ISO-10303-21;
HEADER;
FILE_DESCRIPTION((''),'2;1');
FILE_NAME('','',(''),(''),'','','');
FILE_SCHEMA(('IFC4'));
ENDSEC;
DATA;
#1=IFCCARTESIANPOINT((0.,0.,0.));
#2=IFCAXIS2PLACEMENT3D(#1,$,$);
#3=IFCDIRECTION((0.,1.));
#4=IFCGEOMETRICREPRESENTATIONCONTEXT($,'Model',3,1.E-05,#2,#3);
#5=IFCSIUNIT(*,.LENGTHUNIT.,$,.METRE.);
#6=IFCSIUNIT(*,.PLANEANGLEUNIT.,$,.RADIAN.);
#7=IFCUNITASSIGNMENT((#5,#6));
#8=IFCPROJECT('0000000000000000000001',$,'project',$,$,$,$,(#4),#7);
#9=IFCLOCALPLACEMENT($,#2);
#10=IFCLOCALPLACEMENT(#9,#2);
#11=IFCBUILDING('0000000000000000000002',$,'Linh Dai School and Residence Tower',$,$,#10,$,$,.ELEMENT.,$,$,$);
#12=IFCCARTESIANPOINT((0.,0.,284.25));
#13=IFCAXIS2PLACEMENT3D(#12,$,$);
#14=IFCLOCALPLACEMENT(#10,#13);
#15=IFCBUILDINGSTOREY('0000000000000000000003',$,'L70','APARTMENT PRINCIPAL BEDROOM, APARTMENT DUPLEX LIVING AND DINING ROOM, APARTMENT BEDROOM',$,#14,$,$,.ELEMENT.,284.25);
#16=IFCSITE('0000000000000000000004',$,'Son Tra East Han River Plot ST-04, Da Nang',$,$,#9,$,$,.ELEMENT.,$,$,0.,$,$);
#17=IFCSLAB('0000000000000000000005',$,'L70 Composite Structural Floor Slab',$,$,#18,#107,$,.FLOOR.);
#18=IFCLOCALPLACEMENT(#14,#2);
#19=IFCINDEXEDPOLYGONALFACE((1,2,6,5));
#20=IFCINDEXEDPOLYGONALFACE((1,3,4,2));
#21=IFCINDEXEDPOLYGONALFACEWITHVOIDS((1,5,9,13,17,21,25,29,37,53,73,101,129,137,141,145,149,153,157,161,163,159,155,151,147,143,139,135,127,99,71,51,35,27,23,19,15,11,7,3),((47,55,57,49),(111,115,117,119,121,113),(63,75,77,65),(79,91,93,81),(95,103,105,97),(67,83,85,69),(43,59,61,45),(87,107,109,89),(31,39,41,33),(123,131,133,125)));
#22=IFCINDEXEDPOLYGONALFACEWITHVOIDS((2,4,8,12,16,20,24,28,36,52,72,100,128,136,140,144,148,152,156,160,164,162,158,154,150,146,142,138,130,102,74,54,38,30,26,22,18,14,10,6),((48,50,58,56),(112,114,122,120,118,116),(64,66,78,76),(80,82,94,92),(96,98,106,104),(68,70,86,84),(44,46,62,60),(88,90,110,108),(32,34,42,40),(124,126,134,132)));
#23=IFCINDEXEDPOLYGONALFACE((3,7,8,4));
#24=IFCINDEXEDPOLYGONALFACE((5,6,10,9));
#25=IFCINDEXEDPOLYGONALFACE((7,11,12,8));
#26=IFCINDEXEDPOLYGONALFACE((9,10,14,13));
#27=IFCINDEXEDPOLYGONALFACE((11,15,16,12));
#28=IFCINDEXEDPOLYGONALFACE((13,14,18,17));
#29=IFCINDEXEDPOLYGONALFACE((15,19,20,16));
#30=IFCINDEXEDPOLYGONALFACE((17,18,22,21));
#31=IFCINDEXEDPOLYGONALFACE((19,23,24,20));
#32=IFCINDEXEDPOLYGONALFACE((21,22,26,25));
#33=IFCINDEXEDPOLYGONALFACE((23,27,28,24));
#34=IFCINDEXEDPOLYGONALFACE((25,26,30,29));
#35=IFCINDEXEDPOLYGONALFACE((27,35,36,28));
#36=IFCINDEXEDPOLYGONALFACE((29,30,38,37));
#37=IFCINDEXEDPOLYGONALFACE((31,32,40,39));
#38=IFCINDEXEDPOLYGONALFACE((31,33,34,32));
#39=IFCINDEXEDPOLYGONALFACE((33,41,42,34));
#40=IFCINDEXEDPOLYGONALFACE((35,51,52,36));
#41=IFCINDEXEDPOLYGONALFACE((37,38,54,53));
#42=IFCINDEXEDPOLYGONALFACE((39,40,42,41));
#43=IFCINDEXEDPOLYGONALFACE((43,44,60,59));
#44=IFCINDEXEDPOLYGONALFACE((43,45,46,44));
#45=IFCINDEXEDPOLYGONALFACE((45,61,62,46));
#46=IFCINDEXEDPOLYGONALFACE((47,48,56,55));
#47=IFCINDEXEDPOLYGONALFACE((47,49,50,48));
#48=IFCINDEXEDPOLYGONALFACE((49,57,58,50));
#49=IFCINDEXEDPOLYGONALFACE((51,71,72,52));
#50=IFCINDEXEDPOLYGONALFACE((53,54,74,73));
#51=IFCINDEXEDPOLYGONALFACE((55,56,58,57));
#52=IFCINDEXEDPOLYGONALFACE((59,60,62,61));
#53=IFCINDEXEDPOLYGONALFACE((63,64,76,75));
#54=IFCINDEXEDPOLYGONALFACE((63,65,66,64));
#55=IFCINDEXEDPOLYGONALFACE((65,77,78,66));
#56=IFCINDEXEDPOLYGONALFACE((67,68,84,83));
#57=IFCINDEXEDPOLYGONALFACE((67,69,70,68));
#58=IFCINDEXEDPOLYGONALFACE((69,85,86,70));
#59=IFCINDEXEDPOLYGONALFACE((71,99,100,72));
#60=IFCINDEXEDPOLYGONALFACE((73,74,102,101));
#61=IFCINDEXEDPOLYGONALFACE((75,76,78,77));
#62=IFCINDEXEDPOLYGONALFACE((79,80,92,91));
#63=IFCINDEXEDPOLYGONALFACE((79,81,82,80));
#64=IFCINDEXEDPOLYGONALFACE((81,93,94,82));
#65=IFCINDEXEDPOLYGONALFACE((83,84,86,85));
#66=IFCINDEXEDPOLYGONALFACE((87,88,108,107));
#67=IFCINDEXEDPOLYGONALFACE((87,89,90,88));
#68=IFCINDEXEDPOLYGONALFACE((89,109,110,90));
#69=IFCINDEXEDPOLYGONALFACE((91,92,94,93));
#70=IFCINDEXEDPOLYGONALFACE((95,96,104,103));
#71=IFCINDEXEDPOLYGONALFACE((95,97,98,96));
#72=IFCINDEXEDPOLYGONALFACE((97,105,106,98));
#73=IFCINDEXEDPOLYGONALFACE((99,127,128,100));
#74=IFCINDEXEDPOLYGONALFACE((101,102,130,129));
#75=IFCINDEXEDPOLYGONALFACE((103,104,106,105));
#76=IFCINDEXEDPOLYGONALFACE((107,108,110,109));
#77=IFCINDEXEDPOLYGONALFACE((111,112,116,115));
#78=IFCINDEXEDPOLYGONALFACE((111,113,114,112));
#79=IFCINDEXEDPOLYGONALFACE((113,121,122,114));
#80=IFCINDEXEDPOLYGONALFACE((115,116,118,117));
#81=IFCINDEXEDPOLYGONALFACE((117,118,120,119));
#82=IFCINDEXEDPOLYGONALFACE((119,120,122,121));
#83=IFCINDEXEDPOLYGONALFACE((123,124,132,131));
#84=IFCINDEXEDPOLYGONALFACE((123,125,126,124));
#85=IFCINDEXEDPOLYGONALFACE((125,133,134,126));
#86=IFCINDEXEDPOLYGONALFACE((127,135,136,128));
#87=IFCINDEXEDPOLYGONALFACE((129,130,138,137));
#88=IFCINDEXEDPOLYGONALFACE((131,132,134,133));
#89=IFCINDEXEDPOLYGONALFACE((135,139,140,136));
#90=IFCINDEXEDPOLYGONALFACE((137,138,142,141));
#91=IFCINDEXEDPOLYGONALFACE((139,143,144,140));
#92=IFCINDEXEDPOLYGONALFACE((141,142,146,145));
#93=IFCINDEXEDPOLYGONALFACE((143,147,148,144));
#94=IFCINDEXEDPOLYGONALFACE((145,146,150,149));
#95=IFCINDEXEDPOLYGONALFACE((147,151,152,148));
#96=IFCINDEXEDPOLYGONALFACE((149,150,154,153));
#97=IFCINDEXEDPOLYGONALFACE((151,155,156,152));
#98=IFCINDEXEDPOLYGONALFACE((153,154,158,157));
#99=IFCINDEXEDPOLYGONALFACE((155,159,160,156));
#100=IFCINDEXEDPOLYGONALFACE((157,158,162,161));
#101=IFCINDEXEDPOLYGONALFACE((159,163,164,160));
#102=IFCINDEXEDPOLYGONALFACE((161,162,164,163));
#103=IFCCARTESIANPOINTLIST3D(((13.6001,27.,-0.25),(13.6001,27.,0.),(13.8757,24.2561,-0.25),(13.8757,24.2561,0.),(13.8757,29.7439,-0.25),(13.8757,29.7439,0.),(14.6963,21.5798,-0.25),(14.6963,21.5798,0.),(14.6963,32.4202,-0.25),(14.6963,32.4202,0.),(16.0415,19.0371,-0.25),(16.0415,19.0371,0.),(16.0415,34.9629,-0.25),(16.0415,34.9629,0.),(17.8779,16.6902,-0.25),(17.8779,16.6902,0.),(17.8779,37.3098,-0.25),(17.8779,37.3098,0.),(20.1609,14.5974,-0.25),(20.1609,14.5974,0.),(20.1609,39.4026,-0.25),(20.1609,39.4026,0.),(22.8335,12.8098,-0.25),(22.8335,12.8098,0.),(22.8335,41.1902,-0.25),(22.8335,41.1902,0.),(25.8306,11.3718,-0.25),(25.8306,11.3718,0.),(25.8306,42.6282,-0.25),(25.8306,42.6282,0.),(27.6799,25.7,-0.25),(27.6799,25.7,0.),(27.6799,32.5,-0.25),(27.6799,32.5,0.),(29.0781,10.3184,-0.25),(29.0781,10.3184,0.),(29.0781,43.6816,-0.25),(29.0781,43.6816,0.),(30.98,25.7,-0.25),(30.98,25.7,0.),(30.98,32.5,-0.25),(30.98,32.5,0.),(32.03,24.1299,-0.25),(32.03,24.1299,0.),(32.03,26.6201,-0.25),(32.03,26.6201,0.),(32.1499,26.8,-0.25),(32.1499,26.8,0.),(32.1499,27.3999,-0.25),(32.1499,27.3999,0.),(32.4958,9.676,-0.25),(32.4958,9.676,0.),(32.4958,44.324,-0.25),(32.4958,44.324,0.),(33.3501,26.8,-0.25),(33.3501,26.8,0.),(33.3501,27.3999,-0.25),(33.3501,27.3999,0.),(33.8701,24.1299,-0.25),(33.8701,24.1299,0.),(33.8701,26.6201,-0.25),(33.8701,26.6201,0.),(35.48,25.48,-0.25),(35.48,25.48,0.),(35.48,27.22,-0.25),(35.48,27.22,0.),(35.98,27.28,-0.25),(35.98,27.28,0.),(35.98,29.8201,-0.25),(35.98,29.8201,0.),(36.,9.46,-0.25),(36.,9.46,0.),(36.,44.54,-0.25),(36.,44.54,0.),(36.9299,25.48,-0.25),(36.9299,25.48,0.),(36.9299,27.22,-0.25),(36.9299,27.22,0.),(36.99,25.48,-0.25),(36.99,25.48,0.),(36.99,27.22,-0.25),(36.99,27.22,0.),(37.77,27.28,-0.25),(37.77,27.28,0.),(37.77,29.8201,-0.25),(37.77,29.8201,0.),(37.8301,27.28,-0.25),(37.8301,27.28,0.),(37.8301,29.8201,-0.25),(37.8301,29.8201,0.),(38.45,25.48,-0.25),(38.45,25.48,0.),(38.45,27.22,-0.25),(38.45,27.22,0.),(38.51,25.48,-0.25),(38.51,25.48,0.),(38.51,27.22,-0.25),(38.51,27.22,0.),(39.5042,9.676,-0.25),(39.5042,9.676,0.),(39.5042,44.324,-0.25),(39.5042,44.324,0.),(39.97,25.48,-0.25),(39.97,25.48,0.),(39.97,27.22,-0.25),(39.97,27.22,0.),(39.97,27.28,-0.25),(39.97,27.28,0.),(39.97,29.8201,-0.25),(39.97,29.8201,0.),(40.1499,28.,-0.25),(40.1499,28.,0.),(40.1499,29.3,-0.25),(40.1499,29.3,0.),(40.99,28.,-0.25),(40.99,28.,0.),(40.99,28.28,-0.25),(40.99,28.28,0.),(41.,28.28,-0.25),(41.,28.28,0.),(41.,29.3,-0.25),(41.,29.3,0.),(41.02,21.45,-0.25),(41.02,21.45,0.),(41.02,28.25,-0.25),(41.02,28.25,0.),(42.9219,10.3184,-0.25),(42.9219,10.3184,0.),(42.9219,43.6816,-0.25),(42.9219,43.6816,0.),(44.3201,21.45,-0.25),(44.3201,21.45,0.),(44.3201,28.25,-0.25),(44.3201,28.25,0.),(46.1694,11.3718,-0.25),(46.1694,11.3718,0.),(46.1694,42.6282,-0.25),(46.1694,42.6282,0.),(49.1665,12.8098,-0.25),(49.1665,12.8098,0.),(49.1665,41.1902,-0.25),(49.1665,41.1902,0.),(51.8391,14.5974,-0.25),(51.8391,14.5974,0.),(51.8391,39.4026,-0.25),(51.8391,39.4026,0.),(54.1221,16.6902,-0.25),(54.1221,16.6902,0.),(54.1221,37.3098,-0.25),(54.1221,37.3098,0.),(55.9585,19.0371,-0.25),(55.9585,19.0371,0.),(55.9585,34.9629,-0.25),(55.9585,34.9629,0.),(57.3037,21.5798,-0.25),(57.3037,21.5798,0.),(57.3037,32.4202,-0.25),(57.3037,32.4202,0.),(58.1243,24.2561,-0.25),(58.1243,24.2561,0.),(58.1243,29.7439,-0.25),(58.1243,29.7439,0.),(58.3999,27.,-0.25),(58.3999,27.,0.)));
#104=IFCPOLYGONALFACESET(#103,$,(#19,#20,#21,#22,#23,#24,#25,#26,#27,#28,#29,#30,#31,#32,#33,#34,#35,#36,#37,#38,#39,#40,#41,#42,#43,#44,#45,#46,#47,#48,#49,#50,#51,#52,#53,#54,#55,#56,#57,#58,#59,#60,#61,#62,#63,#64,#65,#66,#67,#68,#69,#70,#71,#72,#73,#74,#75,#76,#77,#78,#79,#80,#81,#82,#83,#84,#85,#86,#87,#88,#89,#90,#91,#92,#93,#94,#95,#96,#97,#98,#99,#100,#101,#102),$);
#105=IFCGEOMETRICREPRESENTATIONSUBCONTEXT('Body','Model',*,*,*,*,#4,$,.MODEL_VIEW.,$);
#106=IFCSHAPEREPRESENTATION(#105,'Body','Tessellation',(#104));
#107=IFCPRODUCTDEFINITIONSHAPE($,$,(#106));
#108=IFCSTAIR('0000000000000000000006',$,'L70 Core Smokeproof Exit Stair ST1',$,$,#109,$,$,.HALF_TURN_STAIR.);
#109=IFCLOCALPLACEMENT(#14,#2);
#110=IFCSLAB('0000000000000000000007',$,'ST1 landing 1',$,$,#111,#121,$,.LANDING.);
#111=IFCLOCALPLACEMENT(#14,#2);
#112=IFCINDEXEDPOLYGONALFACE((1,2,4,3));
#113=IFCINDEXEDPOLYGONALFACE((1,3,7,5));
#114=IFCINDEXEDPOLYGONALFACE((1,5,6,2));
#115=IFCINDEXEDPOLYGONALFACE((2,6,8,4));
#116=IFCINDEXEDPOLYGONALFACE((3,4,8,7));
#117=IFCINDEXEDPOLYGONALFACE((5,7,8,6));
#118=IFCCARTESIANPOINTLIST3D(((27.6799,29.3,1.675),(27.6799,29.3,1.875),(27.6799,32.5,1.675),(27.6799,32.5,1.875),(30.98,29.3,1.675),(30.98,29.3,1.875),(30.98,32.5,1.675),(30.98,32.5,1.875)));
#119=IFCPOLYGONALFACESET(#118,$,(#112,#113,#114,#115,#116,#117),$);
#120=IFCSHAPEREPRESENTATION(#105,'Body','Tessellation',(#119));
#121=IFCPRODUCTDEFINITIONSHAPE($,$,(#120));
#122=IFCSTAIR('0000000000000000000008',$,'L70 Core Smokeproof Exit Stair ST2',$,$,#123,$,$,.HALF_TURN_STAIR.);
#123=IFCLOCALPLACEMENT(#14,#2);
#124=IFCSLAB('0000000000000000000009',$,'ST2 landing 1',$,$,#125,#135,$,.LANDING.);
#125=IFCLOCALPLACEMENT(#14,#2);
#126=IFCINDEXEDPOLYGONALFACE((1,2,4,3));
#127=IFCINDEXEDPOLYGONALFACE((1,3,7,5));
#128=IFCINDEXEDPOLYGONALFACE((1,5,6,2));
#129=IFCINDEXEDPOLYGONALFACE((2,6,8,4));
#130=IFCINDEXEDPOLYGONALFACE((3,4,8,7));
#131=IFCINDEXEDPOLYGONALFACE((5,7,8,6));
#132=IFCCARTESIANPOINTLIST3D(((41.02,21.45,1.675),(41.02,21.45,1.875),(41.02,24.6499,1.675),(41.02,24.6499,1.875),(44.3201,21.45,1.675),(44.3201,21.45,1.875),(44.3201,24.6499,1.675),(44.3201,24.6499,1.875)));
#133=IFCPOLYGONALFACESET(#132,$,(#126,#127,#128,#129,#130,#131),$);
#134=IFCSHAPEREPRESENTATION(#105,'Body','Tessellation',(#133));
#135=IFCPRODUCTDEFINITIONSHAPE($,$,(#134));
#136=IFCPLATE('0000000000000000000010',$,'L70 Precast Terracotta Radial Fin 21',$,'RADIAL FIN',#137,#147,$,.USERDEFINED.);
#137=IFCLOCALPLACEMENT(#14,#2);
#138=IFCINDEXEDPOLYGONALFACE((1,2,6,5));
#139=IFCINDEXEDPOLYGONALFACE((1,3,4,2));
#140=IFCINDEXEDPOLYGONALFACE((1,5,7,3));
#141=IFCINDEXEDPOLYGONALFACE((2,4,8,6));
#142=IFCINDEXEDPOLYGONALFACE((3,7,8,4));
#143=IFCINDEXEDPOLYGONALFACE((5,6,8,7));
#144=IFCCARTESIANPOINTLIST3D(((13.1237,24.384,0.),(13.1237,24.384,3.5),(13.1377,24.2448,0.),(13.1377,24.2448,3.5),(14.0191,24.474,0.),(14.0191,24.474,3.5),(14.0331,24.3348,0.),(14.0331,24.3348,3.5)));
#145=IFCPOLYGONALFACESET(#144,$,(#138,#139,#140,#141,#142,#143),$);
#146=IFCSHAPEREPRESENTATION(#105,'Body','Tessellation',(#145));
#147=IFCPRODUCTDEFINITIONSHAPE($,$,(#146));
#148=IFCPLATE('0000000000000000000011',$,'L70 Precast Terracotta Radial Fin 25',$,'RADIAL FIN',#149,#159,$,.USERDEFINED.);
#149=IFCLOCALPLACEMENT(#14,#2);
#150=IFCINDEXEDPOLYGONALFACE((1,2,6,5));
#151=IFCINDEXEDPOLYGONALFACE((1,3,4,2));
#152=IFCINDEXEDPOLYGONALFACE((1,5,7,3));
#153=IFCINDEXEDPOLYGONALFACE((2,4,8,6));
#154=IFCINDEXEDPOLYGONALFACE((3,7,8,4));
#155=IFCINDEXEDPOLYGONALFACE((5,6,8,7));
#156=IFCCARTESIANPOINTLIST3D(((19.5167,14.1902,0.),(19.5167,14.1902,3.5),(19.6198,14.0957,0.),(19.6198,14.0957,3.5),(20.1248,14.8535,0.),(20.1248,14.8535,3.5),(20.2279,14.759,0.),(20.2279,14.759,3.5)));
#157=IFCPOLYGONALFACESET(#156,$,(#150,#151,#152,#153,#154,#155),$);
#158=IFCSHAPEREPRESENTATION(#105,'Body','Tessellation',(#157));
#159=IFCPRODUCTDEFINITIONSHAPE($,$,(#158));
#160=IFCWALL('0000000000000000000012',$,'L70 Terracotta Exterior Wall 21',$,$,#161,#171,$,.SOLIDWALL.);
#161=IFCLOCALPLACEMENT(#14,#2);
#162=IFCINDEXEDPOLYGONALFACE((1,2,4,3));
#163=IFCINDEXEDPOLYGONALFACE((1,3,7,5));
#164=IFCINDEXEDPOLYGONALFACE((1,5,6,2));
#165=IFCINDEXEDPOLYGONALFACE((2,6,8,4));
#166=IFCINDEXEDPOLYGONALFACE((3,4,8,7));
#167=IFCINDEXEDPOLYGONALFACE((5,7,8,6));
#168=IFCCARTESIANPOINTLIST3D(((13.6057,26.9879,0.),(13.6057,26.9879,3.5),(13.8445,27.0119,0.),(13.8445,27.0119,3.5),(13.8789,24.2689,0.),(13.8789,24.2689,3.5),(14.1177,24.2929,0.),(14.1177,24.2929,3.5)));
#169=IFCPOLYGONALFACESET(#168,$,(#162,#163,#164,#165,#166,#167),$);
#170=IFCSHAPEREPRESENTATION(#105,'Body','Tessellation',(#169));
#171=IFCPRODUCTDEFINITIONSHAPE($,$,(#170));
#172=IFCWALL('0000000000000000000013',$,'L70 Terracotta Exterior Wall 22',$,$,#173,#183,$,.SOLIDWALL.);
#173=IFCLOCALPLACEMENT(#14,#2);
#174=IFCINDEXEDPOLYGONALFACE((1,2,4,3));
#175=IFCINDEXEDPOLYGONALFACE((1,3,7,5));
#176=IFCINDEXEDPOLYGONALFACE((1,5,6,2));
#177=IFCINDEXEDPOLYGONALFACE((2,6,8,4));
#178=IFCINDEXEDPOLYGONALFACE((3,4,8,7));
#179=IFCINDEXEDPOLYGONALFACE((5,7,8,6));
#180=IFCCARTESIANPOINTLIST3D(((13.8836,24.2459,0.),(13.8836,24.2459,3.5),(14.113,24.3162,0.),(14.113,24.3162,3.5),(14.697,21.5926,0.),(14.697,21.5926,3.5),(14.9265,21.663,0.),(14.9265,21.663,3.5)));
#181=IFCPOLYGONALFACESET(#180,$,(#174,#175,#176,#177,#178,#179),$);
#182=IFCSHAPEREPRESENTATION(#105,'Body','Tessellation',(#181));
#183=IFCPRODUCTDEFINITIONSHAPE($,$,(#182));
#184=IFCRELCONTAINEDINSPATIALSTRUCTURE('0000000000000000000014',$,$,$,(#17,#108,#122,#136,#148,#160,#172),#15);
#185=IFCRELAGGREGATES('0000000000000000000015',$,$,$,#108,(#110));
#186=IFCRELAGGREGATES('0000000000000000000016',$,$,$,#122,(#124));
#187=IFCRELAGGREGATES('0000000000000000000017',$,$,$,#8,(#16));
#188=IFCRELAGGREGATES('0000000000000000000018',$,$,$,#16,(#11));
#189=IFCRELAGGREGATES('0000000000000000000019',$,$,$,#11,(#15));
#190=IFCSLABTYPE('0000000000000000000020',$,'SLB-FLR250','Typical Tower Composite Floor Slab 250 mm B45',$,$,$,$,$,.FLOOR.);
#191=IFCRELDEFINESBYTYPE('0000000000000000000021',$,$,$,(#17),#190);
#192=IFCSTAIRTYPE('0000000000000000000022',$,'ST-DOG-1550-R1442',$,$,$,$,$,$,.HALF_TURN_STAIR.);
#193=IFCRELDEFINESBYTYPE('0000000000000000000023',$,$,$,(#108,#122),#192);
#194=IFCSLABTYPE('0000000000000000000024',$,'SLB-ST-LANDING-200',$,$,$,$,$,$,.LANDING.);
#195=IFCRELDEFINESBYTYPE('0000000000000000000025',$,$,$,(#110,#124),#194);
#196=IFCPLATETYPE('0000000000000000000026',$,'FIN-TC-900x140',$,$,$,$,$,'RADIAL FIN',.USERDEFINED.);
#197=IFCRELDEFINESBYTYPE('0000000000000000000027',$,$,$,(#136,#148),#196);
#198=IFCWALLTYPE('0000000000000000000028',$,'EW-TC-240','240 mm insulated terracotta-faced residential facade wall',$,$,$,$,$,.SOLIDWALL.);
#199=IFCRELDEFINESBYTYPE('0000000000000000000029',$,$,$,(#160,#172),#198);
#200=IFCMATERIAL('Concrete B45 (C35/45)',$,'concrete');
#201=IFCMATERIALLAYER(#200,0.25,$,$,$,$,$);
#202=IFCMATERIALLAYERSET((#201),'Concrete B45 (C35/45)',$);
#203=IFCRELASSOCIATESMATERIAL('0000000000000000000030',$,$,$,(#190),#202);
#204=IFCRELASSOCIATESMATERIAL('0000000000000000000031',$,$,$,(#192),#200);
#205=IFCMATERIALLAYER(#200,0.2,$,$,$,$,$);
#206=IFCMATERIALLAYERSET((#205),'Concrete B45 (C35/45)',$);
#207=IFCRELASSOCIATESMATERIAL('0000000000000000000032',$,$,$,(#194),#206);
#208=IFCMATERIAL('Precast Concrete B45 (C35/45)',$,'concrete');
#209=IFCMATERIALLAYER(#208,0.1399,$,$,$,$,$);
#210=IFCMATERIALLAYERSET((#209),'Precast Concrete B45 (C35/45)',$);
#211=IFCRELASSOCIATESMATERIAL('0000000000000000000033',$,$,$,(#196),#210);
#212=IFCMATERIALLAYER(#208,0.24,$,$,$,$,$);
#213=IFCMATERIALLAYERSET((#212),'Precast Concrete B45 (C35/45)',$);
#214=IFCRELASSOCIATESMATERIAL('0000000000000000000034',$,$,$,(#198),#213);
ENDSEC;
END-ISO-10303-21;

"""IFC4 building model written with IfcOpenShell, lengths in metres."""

from ifc_helpers import new_model, si_unit, direction, frame, frame_2d, origin, origin_2d, place, context, subcontext, project, spatial, polyline, rectangle, outline, extrude, source, transform, mapped, material, layer, layer_set, type_object, element, aggregate, save


model = new_model("IFC4")

# Units and contexts
model_context = context("Model", 3, precision=1e-05, world=origin(), true_north=direction((0.0, 1.0)))
body_context = subcontext(model_context, "Body", "Model", "MODEL_VIEW")
ifc_project = project(units=[si_unit("LENGTHUNIT", "METRE"), si_unit("PLANEANGLEUNIT", "RADIAN")], contexts=[model_context])

# Site, building, storey
site_placement = place(None, origin())
site = spatial("IfcSite", under=ifc_project, at=site_placement, Name="Son Tra East Han River Plot ST-04, Da Nang", CompositionType="ELEMENT", RefElevation=0.0)
building_placement = place(site_placement, origin())
building = spatial("IfcBuilding", under=site, at=building_placement, Name="Linh Dai School and Residence Tower", CompositionType="ELEMENT")
storey_placement = place(building_placement, frame((0.0, 0.0, 284.25)))
storey = spatial("IfcBuildingStorey", under=building, at=storey_placement, Name="L70", Description="APARTMENT PRINCIPAL BEDROOM, APARTMENT DUPLEX LIVING AND DINING ROOM, APARTMENT BEDROOM", CompositionType="ELEMENT", Elevation=284.25)

# Slab
ifc_material_1 = material(Name="Concrete B45 (C35/45)", Category="concrete")
ifc_layer_1 = layer(ifc_material_1, 0.25)
ifc_layer_set_1 = layer_set([ifc_layer_1], Name="Concrete B45 (C35/45)")
slab_type_1 = type_object("IfcSlabType", Name="SLB-FLR250", Description="Typical Tower Composite Floor Slab 250 mm B45", PredefinedType="FLOOR", material=ifc_layer_set_1)
slab_1_placement = place(storey_placement, frame((0.0, 0.0, -0.25)))
element("IfcSlab", 1, at=slab_1_placement, inside=storey, type_object=slab_type_1, Name="L70 Composite Structural Floor Slab", PredefinedType="FLOOR", context=body_context, shape_type="SweptSolid", body=[
    extrude(outline(polyline([(58.3999, 27.0), (58.1243, 29.7439), (57.3037, 32.4202), (55.9585, 34.9629), (54.1221, 37.3098), (51.8391, 39.4026), (49.1665, 41.1902), (46.1694, 42.6282), (42.9219, 43.6816), (39.5042, 44.324), (36.0, 44.54), (32.4958, 44.324), (29.0781, 43.6816), (25.8306, 42.6282), (22.8335, 41.1902), (20.1609, 39.4026), (17.8779, 37.3098), (16.0415, 34.9629), (14.6963, 32.4202), (13.8757, 29.7439), (13.6001, 27.0), (13.8757, 24.2561), (14.6963, 21.5798), (16.0415, 19.0371), (17.8779, 16.6902), (20.1609, 14.5974), (22.8335, 12.8098), (25.8306, 11.3718), (29.0781, 10.3184), (32.4958, 9.676), (36.0, 9.46), (39.5042, 9.676), (42.9219, 10.3184), (46.1694, 11.3718), (49.1665, 12.8098), (51.8391, 14.5974), (54.1221, 16.6902), (55.9585, 19.0371), (57.3037, 21.5798), (58.1243, 24.2561), (58.3999, 27.0)]), holes=[polyline([(30.98, 25.7), (30.98, 32.5), (27.6799, 32.5), (27.6799, 25.7), (30.98, 25.7)]), polyline([(41.02, 28.25), (41.02, 21.45), (44.3201, 21.45), (44.3201, 28.25), (41.02, 28.25)]), polyline([(35.98, 27.28), (37.77, 27.28), (37.77, 29.8201), (35.98, 29.8201), (35.98, 27.28)]), polyline([(32.03, 24.1299), (33.8701, 24.1299), (33.8701, 26.6201), (32.03, 26.6201), (32.03, 24.1299)]), polyline([(37.8301, 27.28), (39.97, 27.28), (39.97, 29.8201), (37.8301, 29.8201), (37.8301, 27.28)]), polyline([(35.48, 25.48), (36.9299, 25.48), (36.9299, 27.22), (35.48, 27.22), (35.48, 25.48)]), polyline([(36.99, 25.48), (38.45, 25.48), (38.45, 27.22), (36.99, 27.22), (36.99, 25.48)]), polyline([(38.51, 25.48), (39.97, 25.48), (39.97, 27.22), (38.51, 27.22), (38.51, 25.48)]), polyline([(40.1499, 28.0), (40.1499, 29.3), (41.0, 29.3), (41.0, 28.28), (40.99, 28.28), (40.99, 28.0), (40.1499, 28.0)]), polyline([(32.1499, 26.8), (33.3501, 26.8), (33.3501, 27.3999), (32.1499, 27.3999), (32.1499, 26.8)])]), origin(), (0.0, 0.0, 1.0), 0.25),
])

# Stairs, slabs
stair_type = type_object("IfcStairType", Name="ST-DOG-1550-R1442", PredefinedType="HALF_TURN_STAIR", material=ifc_material_1)
stair_1_placement = place(storey_placement, origin())
stair_1 = element("IfcStair", 2, at=stair_1_placement, inside=storey, type_object=stair_type, Name="L70 Core Smokeproof Exit Stair ST1", PredefinedType="HALF_TURN_STAIR")
ifc_layer_2 = layer(ifc_material_1, 0.2)
ifc_layer_set_2 = layer_set([ifc_layer_2], Name="Concrete B45 (C35/45)")
slab_type_2 = type_object("IfcSlabType", Name="SLB-ST-LANDING-200", PredefinedType="LANDING", material=ifc_layer_set_2)
slab_2_placement = place(storey_placement, frame((0.0, 0.0, 1.675)))
slab_2 = element("IfcSlab", 3, at=slab_2_placement, type_object=slab_type_2, Name="ST1 landing 1", PredefinedType="LANDING", context=body_context, shape_type="SweptSolid", body=[
    extrude(outline(polyline([(30.98, 29.3), (30.98, 32.5), (27.6799, 32.5), (27.6799, 29.3), (30.98, 29.3)])), origin(), (0.0, 0.0, 1.0), 0.2),
])
aggregate(stair_1, [slab_2])
stair_2_placement = place(storey_placement, origin())
stair_2 = element("IfcStair", 4, at=stair_2_placement, inside=storey, type_object=stair_type, Name="L70 Core Smokeproof Exit Stair ST2", PredefinedType="HALF_TURN_STAIR")
slab_3_placement = place(storey_placement, frame((0.0, 0.0, 1.675)))
slab_3 = element("IfcSlab", 5, at=slab_3_placement, type_object=slab_type_2, Name="ST2 landing 1", PredefinedType="LANDING", context=body_context, shape_type="SweptSolid", body=[
    extrude(outline(polyline([(41.02, 24.6499), (41.02, 21.45), (44.3201, 21.45), (44.3201, 24.6499), (41.02, 24.6499)])), origin(), (0.0, 0.0, 1.0), 0.2),
])
aggregate(stair_2, [slab_3])

# Plates
ifc_material_2 = material(Name="Precast Concrete B45 (C35/45)", Category="concrete")
ifc_layer_3 = layer(ifc_material_2, 0.1399)
ifc_layer_set_3 = layer_set([ifc_layer_3], Name="Precast Concrete B45 (C35/45)")
plate_type = type_object("IfcPlateType", Name="FIN-TC-900x140", ElementType="RADIAL FIN", PredefinedType="USERDEFINED", material=ifc_layer_set_3)
shared_shape_1 = source(origin(), body_context, "Body", "SweptSolid", [
    extrude(rectangle(XDim=0.8999, YDim=0.1399, at=origin_2d()), origin(), (0.0, 0.0, 1.0), 3.5),
])
for number, where, z_axis, x_axis, name in (
    (6, (13.5784, 24.3594, 0.0), (0.0, 0.0, 1.0), (-0.994987, -0.100008, 0.0), "L70 Precast Terracotta Radial Fin 21"),
    (7, (19.8723, 14.4746, 0.0), (0.0, 0.0, 1.0), (-0.675779, -0.737104, 0.0), "L70 Precast Terracotta Radial Fin 25"),
):
    element("IfcPlate", number, at=place(storey_placement, frame(where, z_axis=z_axis, x_axis=x_axis)), inside=storey, type_object=plate_type, Name=name, ObjectType="RADIAL FIN", PredefinedType="USERDEFINED", context=body_context, shape_type="MappedRepresentation", body=[
        mapped(shared_shape_1, transform((0.0, 0.0, 0.0), x_axis=(1.0, 0.0, 0.0), y_axis=(0.0, 1.0, 0.0), z_axis=(0.0, 0.0, 1.0), scale=1.0)),
    ])

# Walls
ifc_layer_4 = layer(ifc_material_2, 0.24)
ifc_layer_set_4 = layer_set([ifc_layer_4], Name="Precast Concrete B45 (C35/45)")
wall_type_1 = type_object("IfcWallType", Name="EW-TC-240", Description="240 mm insulated terracotta-faced residential facade wall", PredefinedType="SOLIDWALL", material=ifc_layer_set_4)
wall_1_placement = place(storey_placement, frame((13.9983, 24.281, 0.0), z_axis=(0.0, 0.0, 1.0), x_axis=(-0.099973, 0.99499, 0.0)))
element("IfcWall", 8, at=wall_1_placement, inside=storey, type_object=wall_type_1, Name="L70 Terracotta Exterior Wall 21", PredefinedType="SOLIDWALL", context=body_context, shape_type="SweptSolid", body=[
    extrude(rectangle(XDim=2.7327, YDim=0.24, at=frame_2d((1.3662, 0.0))), origin(), (0.0, 0.0, 1.0), 3.5),
])
wall_2_placement = place(storey_placement, frame((14.8118, 21.6277, 0.0), z_axis=(0.0, 0.0, 1.0), x_axis=(-0.293121, 0.956075, 0.0)))
element("IfcWall", 9, at=wall_2_placement, inside=storey, type_object=wall_type_1, Name="L70 Terracotta Exterior Wall 22", PredefinedType="SOLIDWALL", context=body_context, shape_type="SweptSolid", body=[
    extrude(rectangle(XDim=2.7751, YDim=0.24, at=frame_2d((1.3877, 0.0))), origin(), (0.0, 0.0, 1.0), 3.5),
])

save(model, "model.ifc")
